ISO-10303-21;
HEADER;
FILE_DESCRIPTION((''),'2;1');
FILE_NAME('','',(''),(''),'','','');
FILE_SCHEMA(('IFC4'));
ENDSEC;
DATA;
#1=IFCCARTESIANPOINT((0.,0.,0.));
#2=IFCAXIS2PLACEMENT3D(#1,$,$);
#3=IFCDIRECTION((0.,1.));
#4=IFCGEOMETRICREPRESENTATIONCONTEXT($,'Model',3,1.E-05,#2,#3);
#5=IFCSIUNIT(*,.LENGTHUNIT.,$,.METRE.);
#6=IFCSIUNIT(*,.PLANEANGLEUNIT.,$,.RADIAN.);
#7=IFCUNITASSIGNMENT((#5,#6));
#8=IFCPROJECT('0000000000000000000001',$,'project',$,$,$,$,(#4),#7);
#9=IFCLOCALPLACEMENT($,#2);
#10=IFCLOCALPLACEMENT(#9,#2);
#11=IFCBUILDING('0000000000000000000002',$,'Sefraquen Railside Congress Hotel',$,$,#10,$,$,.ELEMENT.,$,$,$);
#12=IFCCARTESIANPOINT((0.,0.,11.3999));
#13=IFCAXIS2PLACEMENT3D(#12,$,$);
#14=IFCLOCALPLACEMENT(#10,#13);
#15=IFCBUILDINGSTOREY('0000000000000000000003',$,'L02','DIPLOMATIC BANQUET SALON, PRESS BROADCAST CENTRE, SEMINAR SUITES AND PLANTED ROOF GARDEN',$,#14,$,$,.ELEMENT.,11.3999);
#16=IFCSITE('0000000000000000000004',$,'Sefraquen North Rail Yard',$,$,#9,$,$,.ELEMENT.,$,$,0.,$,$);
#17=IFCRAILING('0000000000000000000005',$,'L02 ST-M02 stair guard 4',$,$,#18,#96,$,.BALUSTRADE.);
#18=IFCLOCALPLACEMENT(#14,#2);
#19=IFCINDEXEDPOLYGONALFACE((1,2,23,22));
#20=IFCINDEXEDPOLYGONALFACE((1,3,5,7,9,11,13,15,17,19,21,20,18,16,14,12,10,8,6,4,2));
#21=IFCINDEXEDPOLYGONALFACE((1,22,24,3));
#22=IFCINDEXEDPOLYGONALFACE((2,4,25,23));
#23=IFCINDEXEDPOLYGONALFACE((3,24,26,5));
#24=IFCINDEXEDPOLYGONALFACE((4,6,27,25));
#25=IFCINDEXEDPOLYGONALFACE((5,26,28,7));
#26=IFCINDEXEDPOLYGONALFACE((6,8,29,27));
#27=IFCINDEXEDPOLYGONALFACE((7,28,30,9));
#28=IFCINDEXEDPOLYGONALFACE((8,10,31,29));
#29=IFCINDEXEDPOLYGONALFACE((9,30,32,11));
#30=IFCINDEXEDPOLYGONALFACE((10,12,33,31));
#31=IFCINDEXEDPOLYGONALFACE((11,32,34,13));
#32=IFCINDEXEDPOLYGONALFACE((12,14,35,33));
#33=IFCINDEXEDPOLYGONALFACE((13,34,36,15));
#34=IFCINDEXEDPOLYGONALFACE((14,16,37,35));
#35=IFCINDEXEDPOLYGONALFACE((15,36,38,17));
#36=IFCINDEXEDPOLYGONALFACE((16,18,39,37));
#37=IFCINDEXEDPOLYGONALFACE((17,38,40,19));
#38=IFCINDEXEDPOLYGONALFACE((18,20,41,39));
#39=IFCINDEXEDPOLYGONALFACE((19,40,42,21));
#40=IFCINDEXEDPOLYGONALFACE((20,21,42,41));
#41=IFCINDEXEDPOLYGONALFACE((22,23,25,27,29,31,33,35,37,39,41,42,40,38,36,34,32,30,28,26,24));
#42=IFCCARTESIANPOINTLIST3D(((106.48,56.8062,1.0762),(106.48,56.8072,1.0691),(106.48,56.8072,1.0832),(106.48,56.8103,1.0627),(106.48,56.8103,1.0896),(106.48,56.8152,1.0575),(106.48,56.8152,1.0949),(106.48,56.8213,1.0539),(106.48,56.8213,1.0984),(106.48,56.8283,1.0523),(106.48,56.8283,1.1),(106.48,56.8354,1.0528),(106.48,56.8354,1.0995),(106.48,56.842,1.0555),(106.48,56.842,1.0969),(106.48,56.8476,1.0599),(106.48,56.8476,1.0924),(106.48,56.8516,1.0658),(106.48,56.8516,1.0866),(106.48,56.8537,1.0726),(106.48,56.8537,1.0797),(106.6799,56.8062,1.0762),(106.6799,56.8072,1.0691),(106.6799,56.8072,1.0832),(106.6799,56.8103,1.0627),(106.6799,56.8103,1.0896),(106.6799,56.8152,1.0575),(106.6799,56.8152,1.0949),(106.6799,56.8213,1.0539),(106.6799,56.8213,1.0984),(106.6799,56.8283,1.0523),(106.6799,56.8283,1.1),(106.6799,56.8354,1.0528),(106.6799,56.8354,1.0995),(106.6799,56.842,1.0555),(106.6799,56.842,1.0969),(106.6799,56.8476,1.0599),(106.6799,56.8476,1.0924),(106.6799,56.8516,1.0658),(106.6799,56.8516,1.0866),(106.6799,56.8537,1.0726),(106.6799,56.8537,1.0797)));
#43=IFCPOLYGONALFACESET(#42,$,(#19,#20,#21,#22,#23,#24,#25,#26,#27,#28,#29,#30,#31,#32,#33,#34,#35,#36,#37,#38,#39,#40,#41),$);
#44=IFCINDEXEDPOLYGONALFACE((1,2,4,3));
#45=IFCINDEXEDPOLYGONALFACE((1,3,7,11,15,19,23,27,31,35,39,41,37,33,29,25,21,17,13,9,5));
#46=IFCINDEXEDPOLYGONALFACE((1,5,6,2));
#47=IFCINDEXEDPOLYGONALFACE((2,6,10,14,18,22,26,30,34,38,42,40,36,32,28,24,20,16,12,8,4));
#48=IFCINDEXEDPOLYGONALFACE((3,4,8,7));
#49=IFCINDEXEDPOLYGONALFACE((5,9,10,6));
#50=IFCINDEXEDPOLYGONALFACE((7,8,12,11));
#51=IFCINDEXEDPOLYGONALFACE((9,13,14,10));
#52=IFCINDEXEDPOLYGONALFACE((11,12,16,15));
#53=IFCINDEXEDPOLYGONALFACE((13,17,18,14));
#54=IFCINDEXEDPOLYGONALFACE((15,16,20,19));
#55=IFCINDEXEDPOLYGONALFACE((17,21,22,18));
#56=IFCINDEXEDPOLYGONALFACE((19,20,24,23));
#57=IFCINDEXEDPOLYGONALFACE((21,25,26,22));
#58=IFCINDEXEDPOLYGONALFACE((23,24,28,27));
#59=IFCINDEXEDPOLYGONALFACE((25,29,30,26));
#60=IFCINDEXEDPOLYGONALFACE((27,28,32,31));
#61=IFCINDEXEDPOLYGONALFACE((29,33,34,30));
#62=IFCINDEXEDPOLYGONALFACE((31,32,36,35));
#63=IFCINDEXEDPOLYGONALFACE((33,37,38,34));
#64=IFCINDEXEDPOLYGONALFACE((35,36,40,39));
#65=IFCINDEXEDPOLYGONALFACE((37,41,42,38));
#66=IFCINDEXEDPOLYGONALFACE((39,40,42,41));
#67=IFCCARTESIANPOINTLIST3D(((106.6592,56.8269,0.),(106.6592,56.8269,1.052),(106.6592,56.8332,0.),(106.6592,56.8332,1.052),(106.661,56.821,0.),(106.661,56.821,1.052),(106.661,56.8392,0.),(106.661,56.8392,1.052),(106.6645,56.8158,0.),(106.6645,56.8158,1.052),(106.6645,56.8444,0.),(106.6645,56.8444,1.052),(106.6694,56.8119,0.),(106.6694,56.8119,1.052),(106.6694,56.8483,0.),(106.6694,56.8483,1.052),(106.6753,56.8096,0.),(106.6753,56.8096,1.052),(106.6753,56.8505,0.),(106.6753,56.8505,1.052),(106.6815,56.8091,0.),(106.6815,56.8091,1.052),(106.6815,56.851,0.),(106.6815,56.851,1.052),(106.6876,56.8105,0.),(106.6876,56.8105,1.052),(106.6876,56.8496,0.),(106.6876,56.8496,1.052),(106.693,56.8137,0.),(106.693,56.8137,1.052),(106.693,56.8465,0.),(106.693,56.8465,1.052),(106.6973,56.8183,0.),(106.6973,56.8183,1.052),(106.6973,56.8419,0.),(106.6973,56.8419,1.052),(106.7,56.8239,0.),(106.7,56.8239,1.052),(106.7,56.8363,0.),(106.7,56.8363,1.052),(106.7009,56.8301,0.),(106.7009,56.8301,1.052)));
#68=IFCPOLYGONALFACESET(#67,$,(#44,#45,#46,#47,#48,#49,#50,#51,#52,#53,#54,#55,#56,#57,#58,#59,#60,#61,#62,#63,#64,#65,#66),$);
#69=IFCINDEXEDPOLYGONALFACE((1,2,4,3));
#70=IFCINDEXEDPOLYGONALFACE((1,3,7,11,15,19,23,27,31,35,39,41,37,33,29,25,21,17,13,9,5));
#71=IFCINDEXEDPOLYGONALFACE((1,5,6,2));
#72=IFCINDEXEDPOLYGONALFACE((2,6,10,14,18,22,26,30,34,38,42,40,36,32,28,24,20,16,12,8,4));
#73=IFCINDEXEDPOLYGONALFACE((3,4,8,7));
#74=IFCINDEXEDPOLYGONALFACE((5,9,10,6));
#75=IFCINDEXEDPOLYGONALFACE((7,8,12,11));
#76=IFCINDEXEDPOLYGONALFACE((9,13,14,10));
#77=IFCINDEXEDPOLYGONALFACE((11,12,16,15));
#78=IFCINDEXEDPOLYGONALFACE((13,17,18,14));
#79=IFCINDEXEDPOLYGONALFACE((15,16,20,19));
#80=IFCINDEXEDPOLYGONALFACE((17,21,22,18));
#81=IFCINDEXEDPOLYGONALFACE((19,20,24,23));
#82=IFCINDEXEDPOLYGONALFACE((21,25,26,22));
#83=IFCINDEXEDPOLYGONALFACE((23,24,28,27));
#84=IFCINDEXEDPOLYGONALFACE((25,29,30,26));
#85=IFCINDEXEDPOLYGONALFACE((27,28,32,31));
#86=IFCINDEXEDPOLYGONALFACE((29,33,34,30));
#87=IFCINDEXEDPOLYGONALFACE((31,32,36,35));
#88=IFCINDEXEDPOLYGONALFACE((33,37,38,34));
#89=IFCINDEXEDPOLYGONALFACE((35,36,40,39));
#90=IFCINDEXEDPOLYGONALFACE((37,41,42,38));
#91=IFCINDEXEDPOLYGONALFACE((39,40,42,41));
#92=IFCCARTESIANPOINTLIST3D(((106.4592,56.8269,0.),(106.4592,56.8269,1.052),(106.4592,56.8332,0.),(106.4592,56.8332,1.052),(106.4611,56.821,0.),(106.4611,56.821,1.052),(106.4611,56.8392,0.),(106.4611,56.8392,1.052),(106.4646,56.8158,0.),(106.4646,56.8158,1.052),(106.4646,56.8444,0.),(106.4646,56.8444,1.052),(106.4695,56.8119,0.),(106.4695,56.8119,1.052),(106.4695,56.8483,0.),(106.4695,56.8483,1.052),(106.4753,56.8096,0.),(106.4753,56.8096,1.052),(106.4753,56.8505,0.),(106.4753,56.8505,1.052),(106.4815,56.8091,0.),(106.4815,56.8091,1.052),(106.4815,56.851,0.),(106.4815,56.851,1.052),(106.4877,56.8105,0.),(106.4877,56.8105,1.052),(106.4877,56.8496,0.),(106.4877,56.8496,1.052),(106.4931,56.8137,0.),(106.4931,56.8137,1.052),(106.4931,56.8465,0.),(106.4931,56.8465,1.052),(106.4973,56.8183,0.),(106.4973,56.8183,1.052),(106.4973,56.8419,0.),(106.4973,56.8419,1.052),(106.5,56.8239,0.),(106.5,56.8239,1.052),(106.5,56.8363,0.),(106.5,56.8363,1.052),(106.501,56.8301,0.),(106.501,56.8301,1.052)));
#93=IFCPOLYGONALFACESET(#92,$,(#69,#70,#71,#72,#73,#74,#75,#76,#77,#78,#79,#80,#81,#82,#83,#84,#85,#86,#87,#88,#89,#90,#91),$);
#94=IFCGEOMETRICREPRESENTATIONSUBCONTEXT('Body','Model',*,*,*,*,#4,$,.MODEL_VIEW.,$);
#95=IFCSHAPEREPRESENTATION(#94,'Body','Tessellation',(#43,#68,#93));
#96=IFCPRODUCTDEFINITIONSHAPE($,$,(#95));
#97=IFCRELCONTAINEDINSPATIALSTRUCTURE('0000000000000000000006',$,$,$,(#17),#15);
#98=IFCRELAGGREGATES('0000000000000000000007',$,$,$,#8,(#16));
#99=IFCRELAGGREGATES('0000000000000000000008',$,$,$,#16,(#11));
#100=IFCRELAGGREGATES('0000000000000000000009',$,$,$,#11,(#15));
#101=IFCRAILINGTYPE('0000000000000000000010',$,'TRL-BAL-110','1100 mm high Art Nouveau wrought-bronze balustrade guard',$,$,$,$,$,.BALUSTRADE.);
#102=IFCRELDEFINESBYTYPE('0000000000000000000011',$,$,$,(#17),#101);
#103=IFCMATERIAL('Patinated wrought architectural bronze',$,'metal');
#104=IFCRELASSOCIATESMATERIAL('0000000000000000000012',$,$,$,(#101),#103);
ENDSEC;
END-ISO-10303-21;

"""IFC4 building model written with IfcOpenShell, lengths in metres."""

from ifc_helpers import new_model, si_unit, direction, frame, origin, origin_2d, place, context, subcontext, project, spatial, circle, extrude, material, type_object, element, save


model = new_model("IFC4")

# Units and contexts
model_context = context("Model", 3, precision=1e-05, world=origin(), true_north=direction((0.0, 1.0)))
body_context = subcontext(model_context, "Body", "Model", "MODEL_VIEW")
ifc_project = project(units=[si_unit("LENGTHUNIT", "METRE"), si_unit("PLANEANGLEUNIT", "RADIAN")], contexts=[model_context])

# Site, building, storey
site_placement = place(None, origin())
site = spatial("IfcSite", under=ifc_project, at=site_placement, Name="Sefraquen North Rail Yard", CompositionType="ELEMENT", RefElevation=0.0)
building_placement = place(site_placement, origin())
building = spatial("IfcBuilding", under=site, at=building_placement, Name="Sefraquen Railside Congress Hotel", CompositionType="ELEMENT")
storey_placement = place(building_placement, frame((0.0, 0.0, 11.3999)))
storey = spatial("IfcBuildingStorey", under=building, at=storey_placement, Name="L02", Description="DIPLOMATIC BANQUET SALON, PRESS BROADCAST CENTRE, SEMINAR SUITES AND PLANTED ROOF GARDEN", CompositionType="ELEMENT", Elevation=11.3999)

# Railing
ifc_material_1 = material(Name="Patinated wrought architectural bronze", Category="metal")
railing_type_1 = type_object("IfcRailingType", Name="TRL-BAL-110", Description="1100 mm high Art Nouveau wrought-bronze balustrade guard", PredefinedType="BALUSTRADE", material=ifc_material_1)
railing_1_placement = place(storey_placement, frame((106.6799, 56.8301, 0.0)))
element("IfcRailing", 1, at=railing_1_placement, inside=storey, type_object=railing_type_1, Name="L02 ST-M02 stair guard 4", PredefinedType="BALUSTRADE", context=body_context, shape_type="SweptSolid", body=[
    extrude(circle(Radius=0.0239, at=origin_2d()), frame((0.0, 0.0, 1.0762), z_axis=(-1.0, 0.0, 0.0), x_axis=(0.0, -1.0, 0.0)), (0.0, 0.0, 1.0), 0.2),
    extrude(circle(Radius=0.021, at=origin_2d()), origin(), (0.0, 0.0, 1.0), 1.052),
    extrude(circle(Radius=0.021, at=origin_2d()), frame((-0.2, 0.0, 0.0)), (0.0, 0.0, 1.0), 1.052),
])

save(model, "model.ifc")
